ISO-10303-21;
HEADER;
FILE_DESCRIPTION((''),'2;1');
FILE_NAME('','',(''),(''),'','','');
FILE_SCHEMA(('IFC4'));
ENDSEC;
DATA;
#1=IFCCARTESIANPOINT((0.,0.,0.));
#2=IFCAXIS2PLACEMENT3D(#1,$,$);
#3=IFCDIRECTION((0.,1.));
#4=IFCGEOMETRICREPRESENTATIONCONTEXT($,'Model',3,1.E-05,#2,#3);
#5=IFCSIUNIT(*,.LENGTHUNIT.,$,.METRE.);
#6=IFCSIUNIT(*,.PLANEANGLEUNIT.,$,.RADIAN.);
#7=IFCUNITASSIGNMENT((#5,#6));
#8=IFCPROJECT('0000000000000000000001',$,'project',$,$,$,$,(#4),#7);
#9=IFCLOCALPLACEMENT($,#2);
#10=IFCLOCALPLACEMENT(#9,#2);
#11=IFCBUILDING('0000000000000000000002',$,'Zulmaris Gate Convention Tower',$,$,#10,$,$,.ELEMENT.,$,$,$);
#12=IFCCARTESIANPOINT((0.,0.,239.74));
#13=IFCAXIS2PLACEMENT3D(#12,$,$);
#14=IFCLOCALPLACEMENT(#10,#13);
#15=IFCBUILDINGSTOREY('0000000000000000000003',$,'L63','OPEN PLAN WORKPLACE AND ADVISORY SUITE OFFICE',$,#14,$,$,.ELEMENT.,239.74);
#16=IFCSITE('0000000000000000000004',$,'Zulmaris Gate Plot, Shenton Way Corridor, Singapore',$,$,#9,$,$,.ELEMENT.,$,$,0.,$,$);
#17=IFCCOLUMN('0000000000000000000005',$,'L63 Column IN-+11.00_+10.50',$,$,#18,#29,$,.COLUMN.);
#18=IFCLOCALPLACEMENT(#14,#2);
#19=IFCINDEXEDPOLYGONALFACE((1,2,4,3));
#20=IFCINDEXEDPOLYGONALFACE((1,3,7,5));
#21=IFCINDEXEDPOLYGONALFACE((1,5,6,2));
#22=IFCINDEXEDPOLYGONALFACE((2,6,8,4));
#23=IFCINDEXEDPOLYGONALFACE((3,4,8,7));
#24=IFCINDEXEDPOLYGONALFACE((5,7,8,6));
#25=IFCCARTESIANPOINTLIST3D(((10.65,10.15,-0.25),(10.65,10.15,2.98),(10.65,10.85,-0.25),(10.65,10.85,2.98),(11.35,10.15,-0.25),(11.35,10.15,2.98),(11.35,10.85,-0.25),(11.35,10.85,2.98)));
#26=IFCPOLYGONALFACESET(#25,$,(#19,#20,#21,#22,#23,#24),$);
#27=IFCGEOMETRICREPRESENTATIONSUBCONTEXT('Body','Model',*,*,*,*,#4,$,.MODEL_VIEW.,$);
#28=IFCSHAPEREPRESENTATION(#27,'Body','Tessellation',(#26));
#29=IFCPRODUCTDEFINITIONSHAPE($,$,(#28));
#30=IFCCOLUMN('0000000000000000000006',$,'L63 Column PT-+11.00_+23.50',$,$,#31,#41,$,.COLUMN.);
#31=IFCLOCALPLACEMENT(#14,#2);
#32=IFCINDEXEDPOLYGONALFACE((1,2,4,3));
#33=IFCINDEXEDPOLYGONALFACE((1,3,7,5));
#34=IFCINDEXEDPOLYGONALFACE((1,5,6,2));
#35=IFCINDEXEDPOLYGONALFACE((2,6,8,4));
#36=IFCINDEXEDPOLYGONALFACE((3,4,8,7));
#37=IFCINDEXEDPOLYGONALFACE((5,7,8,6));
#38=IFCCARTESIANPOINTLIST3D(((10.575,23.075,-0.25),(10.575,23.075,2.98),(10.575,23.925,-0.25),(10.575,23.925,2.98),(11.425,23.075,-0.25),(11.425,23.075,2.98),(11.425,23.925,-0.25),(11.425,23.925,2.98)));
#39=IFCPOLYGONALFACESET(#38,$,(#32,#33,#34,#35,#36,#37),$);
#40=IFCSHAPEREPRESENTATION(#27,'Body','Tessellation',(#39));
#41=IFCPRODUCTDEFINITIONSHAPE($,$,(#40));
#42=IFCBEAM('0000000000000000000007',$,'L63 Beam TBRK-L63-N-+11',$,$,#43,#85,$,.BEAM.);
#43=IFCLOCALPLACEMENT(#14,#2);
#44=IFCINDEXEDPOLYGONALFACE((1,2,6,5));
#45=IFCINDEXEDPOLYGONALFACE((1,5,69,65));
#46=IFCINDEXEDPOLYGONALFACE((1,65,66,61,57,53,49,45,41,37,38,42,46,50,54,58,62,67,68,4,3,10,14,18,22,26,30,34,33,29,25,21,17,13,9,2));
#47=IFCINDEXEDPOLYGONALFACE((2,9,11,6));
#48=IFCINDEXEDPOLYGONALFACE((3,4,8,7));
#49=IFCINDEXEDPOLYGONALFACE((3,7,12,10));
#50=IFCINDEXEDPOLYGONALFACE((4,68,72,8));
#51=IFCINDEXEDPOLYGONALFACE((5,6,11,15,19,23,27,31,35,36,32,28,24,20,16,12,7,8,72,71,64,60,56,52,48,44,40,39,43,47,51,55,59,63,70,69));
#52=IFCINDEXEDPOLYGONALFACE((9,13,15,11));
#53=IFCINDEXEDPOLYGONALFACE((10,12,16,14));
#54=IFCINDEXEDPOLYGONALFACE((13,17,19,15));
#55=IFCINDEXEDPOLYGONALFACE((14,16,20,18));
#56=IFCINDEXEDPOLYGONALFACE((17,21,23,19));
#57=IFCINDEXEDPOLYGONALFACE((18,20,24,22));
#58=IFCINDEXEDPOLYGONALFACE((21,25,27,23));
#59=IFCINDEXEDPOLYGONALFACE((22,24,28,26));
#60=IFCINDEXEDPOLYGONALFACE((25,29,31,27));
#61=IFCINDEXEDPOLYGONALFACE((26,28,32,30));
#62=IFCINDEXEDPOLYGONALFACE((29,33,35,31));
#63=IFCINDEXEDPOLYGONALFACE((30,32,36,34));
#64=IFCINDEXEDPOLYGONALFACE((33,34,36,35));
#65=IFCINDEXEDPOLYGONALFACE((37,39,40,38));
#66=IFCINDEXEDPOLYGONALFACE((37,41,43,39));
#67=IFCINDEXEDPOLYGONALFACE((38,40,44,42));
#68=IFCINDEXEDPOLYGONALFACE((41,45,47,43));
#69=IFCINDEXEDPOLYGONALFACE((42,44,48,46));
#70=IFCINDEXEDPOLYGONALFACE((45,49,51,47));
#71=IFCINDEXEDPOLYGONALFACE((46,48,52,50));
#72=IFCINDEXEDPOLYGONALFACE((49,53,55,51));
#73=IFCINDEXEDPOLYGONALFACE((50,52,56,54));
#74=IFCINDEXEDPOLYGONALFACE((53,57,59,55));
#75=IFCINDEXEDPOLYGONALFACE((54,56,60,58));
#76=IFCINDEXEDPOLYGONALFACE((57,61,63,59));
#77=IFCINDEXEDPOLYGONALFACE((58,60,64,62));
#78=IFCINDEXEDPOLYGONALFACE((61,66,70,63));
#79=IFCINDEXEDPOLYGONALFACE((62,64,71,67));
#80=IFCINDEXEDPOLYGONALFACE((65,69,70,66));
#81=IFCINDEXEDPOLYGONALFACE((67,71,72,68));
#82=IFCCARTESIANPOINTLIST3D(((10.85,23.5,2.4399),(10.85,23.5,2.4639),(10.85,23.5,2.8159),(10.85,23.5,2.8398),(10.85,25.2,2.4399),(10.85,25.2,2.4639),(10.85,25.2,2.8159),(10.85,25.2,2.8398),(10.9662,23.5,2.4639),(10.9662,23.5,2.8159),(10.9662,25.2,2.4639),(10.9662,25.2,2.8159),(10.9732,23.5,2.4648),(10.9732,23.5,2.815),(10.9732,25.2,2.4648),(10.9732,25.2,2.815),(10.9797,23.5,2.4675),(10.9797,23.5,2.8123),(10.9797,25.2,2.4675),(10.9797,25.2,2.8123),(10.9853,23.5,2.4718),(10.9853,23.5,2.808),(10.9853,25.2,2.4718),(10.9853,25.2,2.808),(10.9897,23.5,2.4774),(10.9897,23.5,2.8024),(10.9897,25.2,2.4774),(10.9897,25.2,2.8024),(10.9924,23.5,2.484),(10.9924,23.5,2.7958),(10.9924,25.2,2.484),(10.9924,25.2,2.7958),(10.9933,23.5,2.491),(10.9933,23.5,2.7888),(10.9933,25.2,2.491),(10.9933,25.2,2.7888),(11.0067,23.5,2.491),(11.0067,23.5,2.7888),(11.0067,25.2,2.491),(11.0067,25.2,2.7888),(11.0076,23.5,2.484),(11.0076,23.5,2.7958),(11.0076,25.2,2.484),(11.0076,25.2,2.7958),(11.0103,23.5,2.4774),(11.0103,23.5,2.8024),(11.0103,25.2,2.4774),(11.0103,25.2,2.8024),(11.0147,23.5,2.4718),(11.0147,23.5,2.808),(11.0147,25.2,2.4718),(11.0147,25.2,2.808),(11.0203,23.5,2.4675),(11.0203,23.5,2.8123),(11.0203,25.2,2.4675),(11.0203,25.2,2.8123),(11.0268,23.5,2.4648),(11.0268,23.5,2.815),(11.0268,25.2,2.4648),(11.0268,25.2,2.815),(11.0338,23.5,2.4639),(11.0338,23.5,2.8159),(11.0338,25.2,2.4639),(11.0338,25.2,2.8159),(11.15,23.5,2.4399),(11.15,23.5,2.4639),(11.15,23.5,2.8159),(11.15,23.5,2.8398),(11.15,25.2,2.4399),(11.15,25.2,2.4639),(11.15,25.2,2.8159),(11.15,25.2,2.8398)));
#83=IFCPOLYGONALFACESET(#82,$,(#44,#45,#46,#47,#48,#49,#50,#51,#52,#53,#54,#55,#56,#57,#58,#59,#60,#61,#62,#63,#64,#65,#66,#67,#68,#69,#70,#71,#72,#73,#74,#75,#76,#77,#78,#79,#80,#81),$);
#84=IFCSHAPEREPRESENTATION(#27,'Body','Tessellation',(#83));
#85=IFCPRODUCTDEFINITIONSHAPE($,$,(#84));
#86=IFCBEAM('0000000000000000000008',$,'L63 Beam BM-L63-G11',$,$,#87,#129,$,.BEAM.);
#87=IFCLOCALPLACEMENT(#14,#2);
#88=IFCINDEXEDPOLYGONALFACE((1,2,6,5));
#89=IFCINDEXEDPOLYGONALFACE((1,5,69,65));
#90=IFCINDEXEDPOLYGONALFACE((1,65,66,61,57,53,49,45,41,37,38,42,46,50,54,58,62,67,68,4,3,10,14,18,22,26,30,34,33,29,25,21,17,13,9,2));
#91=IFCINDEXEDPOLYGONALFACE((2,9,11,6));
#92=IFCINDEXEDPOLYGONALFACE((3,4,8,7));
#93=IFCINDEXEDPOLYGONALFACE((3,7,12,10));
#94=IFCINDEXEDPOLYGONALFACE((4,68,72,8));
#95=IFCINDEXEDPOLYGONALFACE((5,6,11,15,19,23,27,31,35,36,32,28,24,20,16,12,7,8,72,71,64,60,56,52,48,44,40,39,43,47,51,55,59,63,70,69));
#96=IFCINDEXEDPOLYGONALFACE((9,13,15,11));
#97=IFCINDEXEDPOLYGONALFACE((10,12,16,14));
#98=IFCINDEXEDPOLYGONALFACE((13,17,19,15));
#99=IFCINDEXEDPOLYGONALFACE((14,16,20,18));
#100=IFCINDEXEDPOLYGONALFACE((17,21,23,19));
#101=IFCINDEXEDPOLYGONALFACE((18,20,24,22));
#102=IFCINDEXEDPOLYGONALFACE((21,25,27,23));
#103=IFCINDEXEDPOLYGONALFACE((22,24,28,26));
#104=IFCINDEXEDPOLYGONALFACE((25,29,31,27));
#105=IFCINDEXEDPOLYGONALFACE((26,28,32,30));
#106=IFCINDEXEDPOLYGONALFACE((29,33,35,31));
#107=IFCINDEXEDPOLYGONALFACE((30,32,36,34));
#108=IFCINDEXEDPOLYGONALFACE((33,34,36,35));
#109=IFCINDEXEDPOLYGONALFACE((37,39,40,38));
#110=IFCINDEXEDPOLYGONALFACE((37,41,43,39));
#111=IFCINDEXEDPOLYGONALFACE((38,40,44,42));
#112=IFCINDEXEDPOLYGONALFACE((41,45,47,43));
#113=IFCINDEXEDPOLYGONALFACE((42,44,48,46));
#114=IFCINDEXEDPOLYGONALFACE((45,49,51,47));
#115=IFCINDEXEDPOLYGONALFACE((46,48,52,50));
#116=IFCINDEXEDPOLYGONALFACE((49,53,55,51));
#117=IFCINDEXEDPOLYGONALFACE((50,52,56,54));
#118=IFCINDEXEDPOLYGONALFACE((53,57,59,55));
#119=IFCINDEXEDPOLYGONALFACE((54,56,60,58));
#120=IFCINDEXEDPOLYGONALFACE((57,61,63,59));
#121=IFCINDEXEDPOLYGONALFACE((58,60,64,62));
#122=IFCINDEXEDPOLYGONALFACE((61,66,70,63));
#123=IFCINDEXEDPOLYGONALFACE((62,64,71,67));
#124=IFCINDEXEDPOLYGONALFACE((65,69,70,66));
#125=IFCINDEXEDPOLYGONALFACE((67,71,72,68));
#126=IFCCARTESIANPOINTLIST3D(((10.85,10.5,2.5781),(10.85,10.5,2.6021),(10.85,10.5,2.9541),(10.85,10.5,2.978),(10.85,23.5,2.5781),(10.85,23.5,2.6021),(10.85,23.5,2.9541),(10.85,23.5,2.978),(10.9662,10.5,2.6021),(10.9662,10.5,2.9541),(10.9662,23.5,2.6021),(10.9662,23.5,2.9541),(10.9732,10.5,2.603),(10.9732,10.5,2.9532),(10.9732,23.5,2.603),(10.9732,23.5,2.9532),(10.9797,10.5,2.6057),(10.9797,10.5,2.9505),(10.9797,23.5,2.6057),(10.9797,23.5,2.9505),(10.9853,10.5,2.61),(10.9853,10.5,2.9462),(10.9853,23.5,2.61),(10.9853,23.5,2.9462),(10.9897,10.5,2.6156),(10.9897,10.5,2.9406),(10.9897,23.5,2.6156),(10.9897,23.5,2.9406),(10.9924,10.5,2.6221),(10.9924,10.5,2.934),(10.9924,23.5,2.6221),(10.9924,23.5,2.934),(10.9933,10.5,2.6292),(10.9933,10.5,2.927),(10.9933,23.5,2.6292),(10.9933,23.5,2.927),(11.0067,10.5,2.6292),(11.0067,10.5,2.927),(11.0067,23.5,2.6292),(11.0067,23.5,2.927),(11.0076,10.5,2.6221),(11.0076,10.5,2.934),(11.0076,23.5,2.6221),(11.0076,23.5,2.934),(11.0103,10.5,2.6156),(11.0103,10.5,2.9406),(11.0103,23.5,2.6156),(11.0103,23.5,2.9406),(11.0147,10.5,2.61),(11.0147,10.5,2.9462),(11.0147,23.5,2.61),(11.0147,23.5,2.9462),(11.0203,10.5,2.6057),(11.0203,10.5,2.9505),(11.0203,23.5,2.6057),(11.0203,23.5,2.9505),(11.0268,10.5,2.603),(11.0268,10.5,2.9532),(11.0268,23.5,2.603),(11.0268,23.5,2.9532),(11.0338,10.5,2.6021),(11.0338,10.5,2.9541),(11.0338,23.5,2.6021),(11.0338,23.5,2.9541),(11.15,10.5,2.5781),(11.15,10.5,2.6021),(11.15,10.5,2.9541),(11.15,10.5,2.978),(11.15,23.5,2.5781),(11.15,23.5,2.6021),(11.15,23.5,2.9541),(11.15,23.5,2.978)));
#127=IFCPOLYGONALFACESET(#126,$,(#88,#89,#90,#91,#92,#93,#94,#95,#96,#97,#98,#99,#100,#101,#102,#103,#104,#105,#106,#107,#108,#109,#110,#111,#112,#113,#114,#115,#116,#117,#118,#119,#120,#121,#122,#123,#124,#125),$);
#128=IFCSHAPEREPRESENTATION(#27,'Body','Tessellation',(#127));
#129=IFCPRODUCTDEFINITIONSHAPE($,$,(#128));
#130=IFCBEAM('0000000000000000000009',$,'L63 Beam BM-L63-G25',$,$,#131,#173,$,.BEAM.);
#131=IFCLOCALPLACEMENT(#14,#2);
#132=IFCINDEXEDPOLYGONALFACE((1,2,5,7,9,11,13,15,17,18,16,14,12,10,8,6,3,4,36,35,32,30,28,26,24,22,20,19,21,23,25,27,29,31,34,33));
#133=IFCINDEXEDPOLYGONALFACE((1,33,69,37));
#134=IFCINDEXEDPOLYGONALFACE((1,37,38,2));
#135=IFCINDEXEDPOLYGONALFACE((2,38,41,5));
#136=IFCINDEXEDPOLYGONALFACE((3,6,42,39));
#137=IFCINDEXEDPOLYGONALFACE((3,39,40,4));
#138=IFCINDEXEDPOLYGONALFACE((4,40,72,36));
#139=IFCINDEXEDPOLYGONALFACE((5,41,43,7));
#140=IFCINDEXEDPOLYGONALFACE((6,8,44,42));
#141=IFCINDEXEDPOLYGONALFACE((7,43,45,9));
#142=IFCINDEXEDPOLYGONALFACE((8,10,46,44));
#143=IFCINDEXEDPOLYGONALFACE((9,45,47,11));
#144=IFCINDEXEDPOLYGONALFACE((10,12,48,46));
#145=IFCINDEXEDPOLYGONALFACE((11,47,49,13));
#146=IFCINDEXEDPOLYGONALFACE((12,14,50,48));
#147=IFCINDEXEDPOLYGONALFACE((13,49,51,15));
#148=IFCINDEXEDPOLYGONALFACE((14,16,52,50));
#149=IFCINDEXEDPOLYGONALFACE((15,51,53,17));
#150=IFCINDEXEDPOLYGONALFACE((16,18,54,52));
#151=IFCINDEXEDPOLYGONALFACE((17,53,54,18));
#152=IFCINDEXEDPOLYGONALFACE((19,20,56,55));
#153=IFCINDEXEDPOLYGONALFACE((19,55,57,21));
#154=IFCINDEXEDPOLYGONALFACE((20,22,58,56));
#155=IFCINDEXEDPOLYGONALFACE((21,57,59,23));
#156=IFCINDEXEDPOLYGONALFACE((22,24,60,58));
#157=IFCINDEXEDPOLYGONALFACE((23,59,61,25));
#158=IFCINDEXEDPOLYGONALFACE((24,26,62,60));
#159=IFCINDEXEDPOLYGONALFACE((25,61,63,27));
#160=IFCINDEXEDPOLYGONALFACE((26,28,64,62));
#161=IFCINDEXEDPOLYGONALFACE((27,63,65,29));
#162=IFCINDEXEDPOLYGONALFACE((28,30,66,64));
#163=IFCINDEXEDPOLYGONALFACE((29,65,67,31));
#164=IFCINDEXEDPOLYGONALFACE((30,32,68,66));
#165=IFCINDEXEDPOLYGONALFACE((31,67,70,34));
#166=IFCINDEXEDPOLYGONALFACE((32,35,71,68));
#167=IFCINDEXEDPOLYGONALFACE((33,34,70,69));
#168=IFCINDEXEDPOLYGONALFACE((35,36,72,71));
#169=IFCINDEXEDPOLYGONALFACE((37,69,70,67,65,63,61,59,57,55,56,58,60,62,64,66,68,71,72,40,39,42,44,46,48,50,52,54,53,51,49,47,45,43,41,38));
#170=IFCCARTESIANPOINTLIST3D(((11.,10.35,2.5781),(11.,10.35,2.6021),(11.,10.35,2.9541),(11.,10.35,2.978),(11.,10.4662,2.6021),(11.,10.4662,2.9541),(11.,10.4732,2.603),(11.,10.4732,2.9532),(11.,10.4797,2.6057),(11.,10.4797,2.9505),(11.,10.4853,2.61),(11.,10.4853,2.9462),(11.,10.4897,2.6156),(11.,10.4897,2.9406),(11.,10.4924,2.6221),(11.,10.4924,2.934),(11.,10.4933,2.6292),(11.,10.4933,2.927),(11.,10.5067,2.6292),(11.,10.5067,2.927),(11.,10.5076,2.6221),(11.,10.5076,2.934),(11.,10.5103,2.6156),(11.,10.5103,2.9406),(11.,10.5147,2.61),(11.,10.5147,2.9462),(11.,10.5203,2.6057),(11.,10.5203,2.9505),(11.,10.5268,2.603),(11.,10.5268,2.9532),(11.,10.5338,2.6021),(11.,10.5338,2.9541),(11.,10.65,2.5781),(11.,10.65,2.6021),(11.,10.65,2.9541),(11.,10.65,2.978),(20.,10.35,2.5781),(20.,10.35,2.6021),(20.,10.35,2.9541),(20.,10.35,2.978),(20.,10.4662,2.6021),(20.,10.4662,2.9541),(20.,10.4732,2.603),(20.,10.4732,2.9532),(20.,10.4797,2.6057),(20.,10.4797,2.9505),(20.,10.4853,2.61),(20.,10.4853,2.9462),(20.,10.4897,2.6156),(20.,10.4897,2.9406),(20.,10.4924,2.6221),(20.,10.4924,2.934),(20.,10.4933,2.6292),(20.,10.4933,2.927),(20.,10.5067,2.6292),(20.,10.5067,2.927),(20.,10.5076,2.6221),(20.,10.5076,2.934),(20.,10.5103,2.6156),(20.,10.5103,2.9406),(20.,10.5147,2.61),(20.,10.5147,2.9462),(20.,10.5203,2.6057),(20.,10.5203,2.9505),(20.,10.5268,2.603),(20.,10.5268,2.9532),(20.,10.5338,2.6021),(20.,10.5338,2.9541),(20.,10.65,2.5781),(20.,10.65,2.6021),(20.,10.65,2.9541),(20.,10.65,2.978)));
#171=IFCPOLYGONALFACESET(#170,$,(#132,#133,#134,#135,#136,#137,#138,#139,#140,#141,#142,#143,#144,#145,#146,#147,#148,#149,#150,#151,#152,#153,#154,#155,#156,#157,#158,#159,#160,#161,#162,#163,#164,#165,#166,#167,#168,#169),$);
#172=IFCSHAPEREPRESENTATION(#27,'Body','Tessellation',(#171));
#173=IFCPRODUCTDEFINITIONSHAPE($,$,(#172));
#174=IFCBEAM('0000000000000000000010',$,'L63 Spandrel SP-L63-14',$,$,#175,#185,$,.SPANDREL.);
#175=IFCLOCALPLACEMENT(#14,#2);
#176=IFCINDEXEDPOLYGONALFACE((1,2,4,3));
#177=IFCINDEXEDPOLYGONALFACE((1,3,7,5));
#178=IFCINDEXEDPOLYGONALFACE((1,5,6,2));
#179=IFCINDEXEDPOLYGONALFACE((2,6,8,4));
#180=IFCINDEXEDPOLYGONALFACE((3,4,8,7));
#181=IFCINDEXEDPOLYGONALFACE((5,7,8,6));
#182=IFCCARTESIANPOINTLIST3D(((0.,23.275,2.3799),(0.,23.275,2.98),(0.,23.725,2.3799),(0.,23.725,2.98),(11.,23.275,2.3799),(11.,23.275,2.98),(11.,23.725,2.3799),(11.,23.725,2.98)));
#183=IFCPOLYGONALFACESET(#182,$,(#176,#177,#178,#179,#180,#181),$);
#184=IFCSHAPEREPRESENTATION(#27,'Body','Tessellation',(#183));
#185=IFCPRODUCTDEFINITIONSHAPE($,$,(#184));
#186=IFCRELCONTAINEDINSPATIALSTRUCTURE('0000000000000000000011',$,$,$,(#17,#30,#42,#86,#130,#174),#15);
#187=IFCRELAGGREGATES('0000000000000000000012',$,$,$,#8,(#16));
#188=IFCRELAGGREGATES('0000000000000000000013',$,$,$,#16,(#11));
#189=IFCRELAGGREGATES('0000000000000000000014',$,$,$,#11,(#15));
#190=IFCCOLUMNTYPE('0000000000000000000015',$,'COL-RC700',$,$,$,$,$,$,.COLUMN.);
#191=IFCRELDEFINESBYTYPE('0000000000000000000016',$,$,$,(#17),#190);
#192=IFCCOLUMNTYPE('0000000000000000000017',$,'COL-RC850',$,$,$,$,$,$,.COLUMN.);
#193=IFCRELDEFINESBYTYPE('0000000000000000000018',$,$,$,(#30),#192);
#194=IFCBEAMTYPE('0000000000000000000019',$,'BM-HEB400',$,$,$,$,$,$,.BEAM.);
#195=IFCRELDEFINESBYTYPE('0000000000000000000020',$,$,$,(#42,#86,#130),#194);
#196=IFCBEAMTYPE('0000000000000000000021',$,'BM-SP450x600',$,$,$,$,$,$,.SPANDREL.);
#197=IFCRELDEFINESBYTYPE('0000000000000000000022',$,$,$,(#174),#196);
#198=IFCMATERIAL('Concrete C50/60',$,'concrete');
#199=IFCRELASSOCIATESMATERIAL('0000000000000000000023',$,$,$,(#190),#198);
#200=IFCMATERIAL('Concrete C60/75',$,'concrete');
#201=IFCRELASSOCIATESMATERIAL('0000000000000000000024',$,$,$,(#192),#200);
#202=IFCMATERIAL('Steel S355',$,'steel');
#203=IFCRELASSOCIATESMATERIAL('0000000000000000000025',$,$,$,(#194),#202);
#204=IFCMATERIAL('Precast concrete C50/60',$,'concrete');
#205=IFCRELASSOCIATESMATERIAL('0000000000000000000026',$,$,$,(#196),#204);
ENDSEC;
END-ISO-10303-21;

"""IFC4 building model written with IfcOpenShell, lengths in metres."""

from ifc_helpers import new_model, si_unit, direction, frame, origin, origin_2d, place, context, subcontext, project, spatial, rectangle, i_section, extrude, material, material_profile, profile_set, type_object, element, save


model = new_model("IFC4")

# Units and contexts
model_context = context("Model", 3, precision=1e-05, world=origin(), true_north=direction((0.0, 1.0)))
body_context = subcontext(model_context, "Body", "Model", "MODEL_VIEW")
ifc_project = project(units=[si_unit("LENGTHUNIT", "METRE"), si_unit("PLANEANGLEUNIT", "RADIAN")], contexts=[model_context])

# Site, building, storey
site_placement = place(None, origin())
site = spatial("IfcSite", under=ifc_project, at=site_placement, Name="Zulmaris Gate Plot, Shenton Way Corridor, Singapore", CompositionType="ELEMENT", RefElevation=0.0)
building_placement = place(site_placement, origin())
building = spatial("IfcBuilding", under=site, at=building_placement, Name="Zulmaris Gate Convention Tower", CompositionType="ELEMENT")
storey_placement = place(building_placement, frame((0.0, 0.0, 239.74)))
storey = spatial("IfcBuildingStorey", under=building, at=storey_placement, Name="L63", Description="OPEN PLAN WORKPLACE AND ADVISORY SUITE OFFICE", CompositionType="ELEMENT", Elevation=239.74)

# Columns
ifc_material_1 = material(Name="Concrete C50/60", Category="concrete")
ifc_material_profile_1 = material_profile(ifc_material_1, rectangle(XDim=0.7, YDim=0.7, at=origin_2d()), Name="RC COL 700x700")
ifc_profile_set_1 = profile_set([ifc_material_profile_1], Name="Concrete C50/60")
column_type_1 = type_object("IfcColumnType", Name="COL-RC700", PredefinedType="COLUMN", material=ifc_profile_set_1)
column_1_placement = place(storey_placement, frame((11.0, 10.5, -0.25), z_axis=(0.0, 0.0, 1.0), x_axis=(1.0, 0.0, 0.0)))
element("IfcColumn", 1, at=column_1_placement, inside=storey, type_object=column_type_1, Name="L63 Column IN-+11.00_+10.50", PredefinedType="COLUMN", context=body_context, shape_type="SweptSolid", body=[
    extrude(rectangle(XDim=0.7, YDim=0.7, at=origin_2d()), origin(), (0.0, 0.0, 1.0), 3.23),
])
ifc_material_2 = material(Name="Concrete C60/75", Category="concrete")
ifc_material_profile_2 = material_profile(ifc_material_2, rectangle(XDim=0.8501, YDim=0.8501, at=origin_2d()), Name="RC COL 850x850")
ifc_profile_set_2 = profile_set([ifc_material_profile_2], Name="Concrete C60/75")
column_type_2 = type_object("IfcColumnType", Name="COL-RC850", PredefinedType="COLUMN", material=ifc_profile_set_2)
column_2_placement = place(storey_placement, frame((11.0, 23.5, -0.25), z_axis=(0.0, 0.0, 1.0), x_axis=(1.0, 0.0, 0.0)))
element("IfcColumn", 2, at=column_2_placement, inside=storey, type_object=column_type_2, Name="L63 Column PT-+11.00_+23.50", PredefinedType="COLUMN", context=body_context, shape_type="SweptSolid", body=[
    extrude(rectangle(XDim=0.8501, YDim=0.8501, at=origin_2d()), origin(), (0.0, 0.0, 1.0), 3.23),
])

# Beams
ifc_material_3 = material(Name="Steel S355", Category="steel")
ifc_material_profile_3 = material_profile(ifc_material_3, i_section(OverallWidth=0.3, OverallDepth=0.3999, WebThickness=0.0134, FlangeThickness=0.0239, FilletRadius=0.0271, at=origin_2d()), Name="HEB 400")
ifc_profile_set_3 = profile_set([ifc_material_profile_3], Name="Steel S355")
beam_type_1 = type_object("IfcBeamType", Name="BM-HEB400", PredefinedType="BEAM", material=ifc_profile_set_3)
beam_1_placement = place(storey_placement, frame((11.0, 23.5, 2.6399), z_axis=(0.0, 1.0, 0.0), x_axis=(-1.0, 0.0, 0.0)))
element("IfcBeam", 3, at=beam_1_placement, inside=storey, type_object=beam_type_1, Name="L63 Beam TBRK-L63-N-+11", PredefinedType="BEAM", context=body_context, shape_type="SweptSolid", body=[
    extrude(i_section(OverallWidth=0.3, OverallDepth=0.3999, WebThickness=0.0134, FlangeThickness=0.0239, FilletRadius=0.0271, at=origin_2d()), origin(), (0.0, 0.0, 1.0), 1.7),
])
beam_2_placement = place(storey_placement, frame((11.0, 10.5, 2.7781), z_axis=(0.0, 1.0, 0.0), x_axis=(-1.0, 0.0, 0.0)))
element("IfcBeam", 4, at=beam_2_placement, inside=storey, type_object=beam_type_1, Name="L63 Beam BM-L63-G11", PredefinedType="BEAM", context=body_context, shape_type="SweptSolid", body=[
    extrude(i_section(OverallWidth=0.3, OverallDepth=0.3999, WebThickness=0.0134, FlangeThickness=0.0239, FilletRadius=0.0271, at=origin_2d()), origin(), (0.0, 0.0, 1.0), 13.0),
])
beam_3_placement = place(storey_placement, frame((11.0, 10.5, 2.7781), z_axis=(1.0, 0.0, 0.0), x_axis=(0.0, 1.0, 0.0)))
element("IfcBeam", 5, at=beam_3_placement, inside=storey, type_object=beam_type_1, Name="L63 Beam BM-L63-G25", PredefinedType="BEAM", context=body_context, shape_type="SweptSolid", body=[
    extrude(i_section(OverallWidth=0.3, OverallDepth=0.3999, WebThickness=0.0134, FlangeThickness=0.0239, FilletRadius=0.0271, at=origin_2d()), origin(), (0.0, 0.0, 1.0), 9.0),
])
ifc_material_4 = material(Name="Precast concrete C50/60", Category="concrete")
ifc_material_profile_4 = material_profile(ifc_material_4, rectangle(XDim=0.45, YDim=0.6001, at=origin_2d()), Name="RC SPANDREL 450x600")
ifc_profile_set_4 = profile_set([ifc_material_profile_4], Name="Precast concrete C50/60")
beam_type_2 = type_object("IfcBeamType", Name="BM-SP450x600", PredefinedType="SPANDREL", material=ifc_profile_set_4)
beam_4_placement = place(storey_placement, frame((11.0, 23.5, 2.6799), z_axis=(-1.0, 0.0, 0.0), x_axis=(0.0, -1.0, 0.0)))
element("IfcBeam", 6, at=beam_4_placement, inside=storey, type_object=beam_type_2, Name="L63 Spandrel SP-L63-14", PredefinedType="SPANDREL", context=body_context, shape_type="SweptSolid", body=[
    extrude(rectangle(XDim=0.45, YDim=0.6001, at=origin_2d()), origin(), (0.0, 0.0, 1.0), 11.0),
])

save(model, "model.ifc")
